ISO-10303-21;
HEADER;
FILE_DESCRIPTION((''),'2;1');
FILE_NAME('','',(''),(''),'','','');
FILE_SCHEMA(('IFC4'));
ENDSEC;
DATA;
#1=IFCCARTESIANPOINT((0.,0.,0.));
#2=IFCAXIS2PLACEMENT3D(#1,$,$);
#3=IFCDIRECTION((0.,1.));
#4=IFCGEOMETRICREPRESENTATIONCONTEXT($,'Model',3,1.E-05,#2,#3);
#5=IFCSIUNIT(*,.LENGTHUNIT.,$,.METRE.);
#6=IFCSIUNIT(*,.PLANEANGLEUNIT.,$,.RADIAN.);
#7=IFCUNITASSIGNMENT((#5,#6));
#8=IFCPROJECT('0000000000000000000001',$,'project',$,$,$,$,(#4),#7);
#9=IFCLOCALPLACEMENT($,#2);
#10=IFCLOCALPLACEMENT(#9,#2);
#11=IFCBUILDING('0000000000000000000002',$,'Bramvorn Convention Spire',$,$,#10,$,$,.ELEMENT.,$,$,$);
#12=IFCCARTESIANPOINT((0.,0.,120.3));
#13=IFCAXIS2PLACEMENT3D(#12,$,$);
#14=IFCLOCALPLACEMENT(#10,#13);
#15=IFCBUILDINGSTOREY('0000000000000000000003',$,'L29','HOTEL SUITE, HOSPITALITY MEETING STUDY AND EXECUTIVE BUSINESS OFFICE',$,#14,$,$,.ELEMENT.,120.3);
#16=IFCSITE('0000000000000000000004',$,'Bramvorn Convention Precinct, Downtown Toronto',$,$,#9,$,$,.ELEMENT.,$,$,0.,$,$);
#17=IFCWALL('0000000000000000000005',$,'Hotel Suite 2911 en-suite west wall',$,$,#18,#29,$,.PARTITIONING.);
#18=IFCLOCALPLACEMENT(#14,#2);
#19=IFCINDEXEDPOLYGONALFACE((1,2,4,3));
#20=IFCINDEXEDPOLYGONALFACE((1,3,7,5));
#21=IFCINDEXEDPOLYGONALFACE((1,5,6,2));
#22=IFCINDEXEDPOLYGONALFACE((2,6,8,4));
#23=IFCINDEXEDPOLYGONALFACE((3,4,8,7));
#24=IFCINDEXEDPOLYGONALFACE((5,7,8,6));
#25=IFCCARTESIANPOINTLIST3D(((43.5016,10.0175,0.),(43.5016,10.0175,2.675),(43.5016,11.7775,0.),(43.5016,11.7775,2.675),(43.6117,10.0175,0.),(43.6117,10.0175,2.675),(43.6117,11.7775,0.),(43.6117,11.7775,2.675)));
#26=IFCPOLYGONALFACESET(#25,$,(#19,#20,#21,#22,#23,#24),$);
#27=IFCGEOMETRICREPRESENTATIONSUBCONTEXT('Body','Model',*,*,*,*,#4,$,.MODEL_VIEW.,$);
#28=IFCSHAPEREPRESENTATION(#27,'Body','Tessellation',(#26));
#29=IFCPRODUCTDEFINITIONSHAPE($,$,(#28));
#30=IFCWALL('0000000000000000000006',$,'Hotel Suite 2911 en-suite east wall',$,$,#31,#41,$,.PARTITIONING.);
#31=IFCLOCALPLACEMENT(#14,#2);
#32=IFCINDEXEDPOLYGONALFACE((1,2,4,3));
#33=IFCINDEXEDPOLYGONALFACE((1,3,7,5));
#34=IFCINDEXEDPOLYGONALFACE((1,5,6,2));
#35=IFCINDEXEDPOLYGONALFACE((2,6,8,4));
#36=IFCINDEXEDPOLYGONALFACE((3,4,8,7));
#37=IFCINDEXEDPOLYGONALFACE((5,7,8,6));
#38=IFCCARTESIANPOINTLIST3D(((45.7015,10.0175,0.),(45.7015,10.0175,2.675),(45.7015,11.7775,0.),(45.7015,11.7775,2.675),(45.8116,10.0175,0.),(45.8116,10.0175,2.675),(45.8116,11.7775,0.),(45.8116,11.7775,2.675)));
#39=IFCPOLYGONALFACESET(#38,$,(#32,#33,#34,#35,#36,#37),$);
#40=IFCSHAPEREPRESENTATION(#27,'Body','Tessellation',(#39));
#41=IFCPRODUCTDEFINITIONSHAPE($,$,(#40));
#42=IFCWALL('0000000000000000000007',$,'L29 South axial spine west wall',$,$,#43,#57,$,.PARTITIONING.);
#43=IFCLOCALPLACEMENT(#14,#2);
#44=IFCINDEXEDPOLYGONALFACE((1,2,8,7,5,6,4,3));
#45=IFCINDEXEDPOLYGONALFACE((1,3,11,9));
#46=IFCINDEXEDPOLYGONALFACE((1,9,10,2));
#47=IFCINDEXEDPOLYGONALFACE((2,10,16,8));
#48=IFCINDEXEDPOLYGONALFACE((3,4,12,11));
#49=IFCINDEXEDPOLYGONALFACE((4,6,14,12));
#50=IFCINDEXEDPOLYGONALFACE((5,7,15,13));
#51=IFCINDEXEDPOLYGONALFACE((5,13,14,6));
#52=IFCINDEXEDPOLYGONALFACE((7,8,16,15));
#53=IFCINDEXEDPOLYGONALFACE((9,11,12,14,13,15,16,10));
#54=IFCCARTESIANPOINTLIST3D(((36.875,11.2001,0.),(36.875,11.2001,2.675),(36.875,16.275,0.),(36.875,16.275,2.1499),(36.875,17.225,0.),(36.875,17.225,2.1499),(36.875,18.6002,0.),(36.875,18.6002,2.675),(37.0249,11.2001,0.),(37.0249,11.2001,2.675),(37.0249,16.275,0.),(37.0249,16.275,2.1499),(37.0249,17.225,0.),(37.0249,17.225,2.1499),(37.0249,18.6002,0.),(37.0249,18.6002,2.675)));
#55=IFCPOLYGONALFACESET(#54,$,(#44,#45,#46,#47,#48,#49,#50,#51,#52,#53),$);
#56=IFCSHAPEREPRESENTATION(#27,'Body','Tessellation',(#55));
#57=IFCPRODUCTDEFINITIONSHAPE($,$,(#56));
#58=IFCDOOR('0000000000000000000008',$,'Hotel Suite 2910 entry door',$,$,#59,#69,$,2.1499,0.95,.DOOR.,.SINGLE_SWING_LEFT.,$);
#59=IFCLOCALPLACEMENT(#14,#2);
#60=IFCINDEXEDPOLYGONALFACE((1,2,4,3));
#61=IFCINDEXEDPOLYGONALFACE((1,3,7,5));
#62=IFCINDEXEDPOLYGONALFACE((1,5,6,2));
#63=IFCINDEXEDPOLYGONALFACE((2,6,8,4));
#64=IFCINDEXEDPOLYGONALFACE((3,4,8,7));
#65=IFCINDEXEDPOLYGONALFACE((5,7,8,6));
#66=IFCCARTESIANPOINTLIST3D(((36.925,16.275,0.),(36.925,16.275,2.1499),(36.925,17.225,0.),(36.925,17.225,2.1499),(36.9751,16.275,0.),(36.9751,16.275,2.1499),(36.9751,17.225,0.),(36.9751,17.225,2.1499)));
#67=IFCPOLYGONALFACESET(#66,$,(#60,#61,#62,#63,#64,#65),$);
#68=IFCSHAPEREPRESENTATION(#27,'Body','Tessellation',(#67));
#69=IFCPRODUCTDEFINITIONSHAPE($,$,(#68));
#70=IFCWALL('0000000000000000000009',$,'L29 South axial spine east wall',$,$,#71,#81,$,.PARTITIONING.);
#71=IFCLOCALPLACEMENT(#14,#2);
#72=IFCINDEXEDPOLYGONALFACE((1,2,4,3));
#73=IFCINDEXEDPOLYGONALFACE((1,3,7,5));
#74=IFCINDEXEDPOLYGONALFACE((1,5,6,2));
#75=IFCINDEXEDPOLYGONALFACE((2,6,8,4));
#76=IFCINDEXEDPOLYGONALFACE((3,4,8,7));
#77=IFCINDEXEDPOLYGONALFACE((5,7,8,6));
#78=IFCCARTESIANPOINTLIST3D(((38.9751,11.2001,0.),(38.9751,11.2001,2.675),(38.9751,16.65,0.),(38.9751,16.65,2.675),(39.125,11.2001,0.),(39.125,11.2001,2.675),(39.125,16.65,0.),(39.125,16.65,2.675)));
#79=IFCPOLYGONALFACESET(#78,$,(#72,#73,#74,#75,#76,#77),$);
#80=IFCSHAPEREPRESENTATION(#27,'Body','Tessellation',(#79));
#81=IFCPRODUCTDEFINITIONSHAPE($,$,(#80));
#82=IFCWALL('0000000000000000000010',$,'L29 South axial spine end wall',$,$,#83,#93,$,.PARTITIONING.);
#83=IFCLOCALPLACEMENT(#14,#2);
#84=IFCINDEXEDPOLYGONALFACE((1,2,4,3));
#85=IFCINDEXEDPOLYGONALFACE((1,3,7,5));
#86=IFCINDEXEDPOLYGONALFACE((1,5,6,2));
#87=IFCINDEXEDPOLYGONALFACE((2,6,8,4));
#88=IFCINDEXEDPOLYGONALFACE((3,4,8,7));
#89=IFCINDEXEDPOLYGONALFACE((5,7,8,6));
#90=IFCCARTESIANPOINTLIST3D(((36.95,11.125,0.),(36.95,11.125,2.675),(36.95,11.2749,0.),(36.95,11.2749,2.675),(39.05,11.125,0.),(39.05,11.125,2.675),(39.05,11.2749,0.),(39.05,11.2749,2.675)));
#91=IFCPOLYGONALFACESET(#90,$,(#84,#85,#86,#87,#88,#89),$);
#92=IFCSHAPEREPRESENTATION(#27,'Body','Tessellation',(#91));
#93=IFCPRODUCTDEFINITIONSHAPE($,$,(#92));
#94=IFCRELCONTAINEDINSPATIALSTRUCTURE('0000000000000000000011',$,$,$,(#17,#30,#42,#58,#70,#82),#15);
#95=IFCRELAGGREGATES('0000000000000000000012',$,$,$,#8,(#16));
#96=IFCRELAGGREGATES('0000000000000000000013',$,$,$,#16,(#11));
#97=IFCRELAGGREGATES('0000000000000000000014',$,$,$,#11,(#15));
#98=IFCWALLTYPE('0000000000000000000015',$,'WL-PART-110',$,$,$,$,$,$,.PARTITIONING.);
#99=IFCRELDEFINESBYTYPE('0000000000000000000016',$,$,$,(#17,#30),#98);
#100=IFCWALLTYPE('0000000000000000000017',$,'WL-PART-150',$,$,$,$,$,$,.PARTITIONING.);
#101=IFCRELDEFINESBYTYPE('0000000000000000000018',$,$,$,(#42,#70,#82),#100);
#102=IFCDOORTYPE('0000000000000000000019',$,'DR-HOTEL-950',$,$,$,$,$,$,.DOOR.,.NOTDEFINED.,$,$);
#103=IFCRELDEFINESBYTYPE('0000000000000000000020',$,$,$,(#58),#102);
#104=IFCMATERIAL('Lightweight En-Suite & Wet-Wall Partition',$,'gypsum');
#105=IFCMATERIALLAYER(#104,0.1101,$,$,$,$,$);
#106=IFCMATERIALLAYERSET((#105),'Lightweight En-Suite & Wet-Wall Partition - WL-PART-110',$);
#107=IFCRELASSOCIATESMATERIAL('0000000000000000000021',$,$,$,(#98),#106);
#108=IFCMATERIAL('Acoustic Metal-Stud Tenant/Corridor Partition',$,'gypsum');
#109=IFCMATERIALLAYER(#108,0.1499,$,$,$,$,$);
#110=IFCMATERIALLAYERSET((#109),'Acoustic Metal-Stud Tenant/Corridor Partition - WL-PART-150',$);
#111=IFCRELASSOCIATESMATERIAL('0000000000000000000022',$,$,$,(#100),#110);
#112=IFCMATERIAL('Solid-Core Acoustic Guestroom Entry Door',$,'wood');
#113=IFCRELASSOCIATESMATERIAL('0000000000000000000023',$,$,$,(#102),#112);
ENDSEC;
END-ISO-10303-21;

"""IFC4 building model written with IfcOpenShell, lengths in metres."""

from ifc_helpers import new_model, si_unit, direction, frame, frame_2d, origin, place, context, subcontext, project, spatial, rectangle, extrude, material, layer, layer_set, type_object, element, fill, save


model = new_model("IFC4")

# Units and contexts
model_context = context("Model", 3, precision=1e-05, world=origin(), true_north=direction((0.0, 1.0)))
body_context = subcontext(model_context, "Body", "Model", "MODEL_VIEW")
ifc_project = project(units=[si_unit("LENGTHUNIT", "METRE"), si_unit("PLANEANGLEUNIT", "RADIAN")], contexts=[model_context])

# Site, building, storey
site_placement = place(None, origin())
site = spatial("IfcSite", under=ifc_project, at=site_placement, Name="Bramvorn Convention Precinct, Downtown Toronto", CompositionType="ELEMENT", RefElevation=0.0)
building_placement = place(site_placement, origin())
building = spatial("IfcBuilding", under=site, at=building_placement, Name="Bramvorn Convention Spire", CompositionType="ELEMENT")
storey_placement = place(building_placement, frame((0.0, 0.0, 120.3)))
storey = spatial("IfcBuildingStorey", under=building, at=storey_placement, Name="L29", Description="HOTEL SUITE, HOSPITALITY MEETING STUDY AND EXECUTIVE BUSINESS OFFICE", CompositionType="ELEMENT", Elevation=120.3)

# Shared definitions
ifc_material_1 = material(Name="Lightweight En-Suite & Wet-Wall Partition", Category="gypsum")
ifc_layer_1 = layer(ifc_material_1, 0.1101)
ifc_layer_set_1 = layer_set([ifc_layer_1], Name="Lightweight En-Suite & Wet-Wall Partition - WL-PART-110")
wall_type_1 = type_object("IfcWallType", Name="WL-PART-110", PredefinedType="PARTITIONING", material=ifc_layer_set_1)

# Walls
for number, where, z_axis, x_axis, name in (
    (1, (43.5566, 10.0176, 0.0), (0.0, 0.0, 1.0), (0.0, 1.0, 0.0), "Hotel Suite 2911 en-suite west wall"),
    (2, (45.7566, 10.0176, 0.0), (0.0, 0.0, 1.0), (0.0, 1.0, 0.0), "Hotel Suite 2911 en-suite east wall"),
):
    element("IfcWall", number, at=place(storey_placement, frame(where, z_axis=z_axis, x_axis=x_axis)), inside=storey, type_object=wall_type_1, Name=name, PredefinedType="PARTITIONING", context=body_context, shape_type="SweptSolid", body=[
        extrude(rectangle(XDim=1.76, YDim=0.1101, at=frame_2d((0.8799, 0.0))), origin(), (0.0, 0.0, 1.0), 2.675),
    ])

# Wall, opening, door
ifc_material_2 = material(Name="Acoustic Metal-Stud Tenant/Corridor Partition", Category="gypsum")
ifc_layer_2 = layer(ifc_material_2, 0.1499)
ifc_layer_set_2 = layer_set([ifc_layer_2], Name="Acoustic Metal-Stud Tenant/Corridor Partition - WL-PART-150")
wall_type_2 = type_object("IfcWallType", Name="WL-PART-150", PredefinedType="PARTITIONING", material=ifc_layer_set_2)
wall_1_placement = place(storey_placement, frame((36.95, 11.2, 0.0), z_axis=(0.0, 0.0, 1.0), x_axis=(0.0, 1.0, 0.0)))
wall_1 = element("IfcWall", 3, at=wall_1_placement, inside=storey, type_object=wall_type_2, Name="L29 South axial spine west wall", PredefinedType="PARTITIONING", context=body_context, shape_type="SweptSolid", body=[
    extrude(rectangle(XDim=7.4001, YDim=0.1499, at=frame_2d((3.7002, 0.0))), origin(), (0.0, 0.0, 1.0), 2.675),
])
opening_1_placement = place(wall_1_placement, frame((5.075, 0.0, 0.0)))
opening_1 = element("IfcOpeningElement", 4, at=opening_1_placement, cuts=wall_1, PredefinedType="OPENING", context=body_context, shape_type="SweptSolid", body=[
    extrude(rectangle(XDim=0.95, YDim=2.1499, at=frame_2d((0.4751, 1.075))), frame((0.0, 0.085, 0.0), z_axis=(0.0, -1.0, 0.0), x_axis=(1.0, 0.0, 0.0)), (0.0, 0.0, 1.0), 0.1699),
])
ifc_material_3 = material(Name="Solid-Core Acoustic Guestroom Entry Door", Category="wood")
door_type_1 = type_object("IfcDoorType", Name="DR-HOTEL-950", OperationType="NOTDEFINED", PredefinedType="DOOR", material=ifc_material_3)
door_1_placement = place(opening_1_placement, origin())
door_1 = element("IfcDoor", 5, at=door_1_placement, inside=storey, type_object=door_type_1, Name="Hotel Suite 2910 entry door", OperationType="SINGLE_SWING_LEFT", OverallHeight=2.1499, OverallWidth=0.95, PredefinedType="DOOR", context=body_context, shape_type="SweptSolid", body=[
    extrude(rectangle(XDim=0.95, YDim=2.1499, at=frame_2d((0.4751, 1.075))), frame((0.0, 0.0249, 0.0), z_axis=(0.0, -1.0, 0.0), x_axis=(1.0, 0.0, 0.0)), (0.0, 0.0, 1.0), 0.05),
])
fill(opening_1, door_1)

# Walls
wall_2_placement = place(storey_placement, frame((39.05, 11.2, 0.0), z_axis=(0.0, 0.0, 1.0), x_axis=(0.0, 1.0, 0.0)))
element("IfcWall", 6, at=wall_2_placement, inside=storey, type_object=wall_type_2, Name="L29 South axial spine east wall", PredefinedType="PARTITIONING", context=body_context, shape_type="SweptSolid", body=[
    extrude(rectangle(XDim=5.45, YDim=0.1499, at=frame_2d((2.7251, 0.0))), origin(), (0.0, 0.0, 1.0), 2.675),
])
wall_3_placement = place(storey_placement, frame((36.95, 11.2, 0.0), z_axis=(0.0, 0.0, 1.0), x_axis=(1.0, 0.0, 0.0)))
element("IfcWall", 7, at=wall_3_placement, inside=storey, type_object=wall_type_2, Name="L29 South axial spine end wall", PredefinedType="PARTITIONING", context=body_context, shape_type="SweptSolid", body=[
    extrude(rectangle(XDim=2.1001, YDim=0.1499, at=frame_2d((1.05, 0.0))), origin(), (0.0, 0.0, 1.0), 2.675),
])

save(model, "model.ifc")
